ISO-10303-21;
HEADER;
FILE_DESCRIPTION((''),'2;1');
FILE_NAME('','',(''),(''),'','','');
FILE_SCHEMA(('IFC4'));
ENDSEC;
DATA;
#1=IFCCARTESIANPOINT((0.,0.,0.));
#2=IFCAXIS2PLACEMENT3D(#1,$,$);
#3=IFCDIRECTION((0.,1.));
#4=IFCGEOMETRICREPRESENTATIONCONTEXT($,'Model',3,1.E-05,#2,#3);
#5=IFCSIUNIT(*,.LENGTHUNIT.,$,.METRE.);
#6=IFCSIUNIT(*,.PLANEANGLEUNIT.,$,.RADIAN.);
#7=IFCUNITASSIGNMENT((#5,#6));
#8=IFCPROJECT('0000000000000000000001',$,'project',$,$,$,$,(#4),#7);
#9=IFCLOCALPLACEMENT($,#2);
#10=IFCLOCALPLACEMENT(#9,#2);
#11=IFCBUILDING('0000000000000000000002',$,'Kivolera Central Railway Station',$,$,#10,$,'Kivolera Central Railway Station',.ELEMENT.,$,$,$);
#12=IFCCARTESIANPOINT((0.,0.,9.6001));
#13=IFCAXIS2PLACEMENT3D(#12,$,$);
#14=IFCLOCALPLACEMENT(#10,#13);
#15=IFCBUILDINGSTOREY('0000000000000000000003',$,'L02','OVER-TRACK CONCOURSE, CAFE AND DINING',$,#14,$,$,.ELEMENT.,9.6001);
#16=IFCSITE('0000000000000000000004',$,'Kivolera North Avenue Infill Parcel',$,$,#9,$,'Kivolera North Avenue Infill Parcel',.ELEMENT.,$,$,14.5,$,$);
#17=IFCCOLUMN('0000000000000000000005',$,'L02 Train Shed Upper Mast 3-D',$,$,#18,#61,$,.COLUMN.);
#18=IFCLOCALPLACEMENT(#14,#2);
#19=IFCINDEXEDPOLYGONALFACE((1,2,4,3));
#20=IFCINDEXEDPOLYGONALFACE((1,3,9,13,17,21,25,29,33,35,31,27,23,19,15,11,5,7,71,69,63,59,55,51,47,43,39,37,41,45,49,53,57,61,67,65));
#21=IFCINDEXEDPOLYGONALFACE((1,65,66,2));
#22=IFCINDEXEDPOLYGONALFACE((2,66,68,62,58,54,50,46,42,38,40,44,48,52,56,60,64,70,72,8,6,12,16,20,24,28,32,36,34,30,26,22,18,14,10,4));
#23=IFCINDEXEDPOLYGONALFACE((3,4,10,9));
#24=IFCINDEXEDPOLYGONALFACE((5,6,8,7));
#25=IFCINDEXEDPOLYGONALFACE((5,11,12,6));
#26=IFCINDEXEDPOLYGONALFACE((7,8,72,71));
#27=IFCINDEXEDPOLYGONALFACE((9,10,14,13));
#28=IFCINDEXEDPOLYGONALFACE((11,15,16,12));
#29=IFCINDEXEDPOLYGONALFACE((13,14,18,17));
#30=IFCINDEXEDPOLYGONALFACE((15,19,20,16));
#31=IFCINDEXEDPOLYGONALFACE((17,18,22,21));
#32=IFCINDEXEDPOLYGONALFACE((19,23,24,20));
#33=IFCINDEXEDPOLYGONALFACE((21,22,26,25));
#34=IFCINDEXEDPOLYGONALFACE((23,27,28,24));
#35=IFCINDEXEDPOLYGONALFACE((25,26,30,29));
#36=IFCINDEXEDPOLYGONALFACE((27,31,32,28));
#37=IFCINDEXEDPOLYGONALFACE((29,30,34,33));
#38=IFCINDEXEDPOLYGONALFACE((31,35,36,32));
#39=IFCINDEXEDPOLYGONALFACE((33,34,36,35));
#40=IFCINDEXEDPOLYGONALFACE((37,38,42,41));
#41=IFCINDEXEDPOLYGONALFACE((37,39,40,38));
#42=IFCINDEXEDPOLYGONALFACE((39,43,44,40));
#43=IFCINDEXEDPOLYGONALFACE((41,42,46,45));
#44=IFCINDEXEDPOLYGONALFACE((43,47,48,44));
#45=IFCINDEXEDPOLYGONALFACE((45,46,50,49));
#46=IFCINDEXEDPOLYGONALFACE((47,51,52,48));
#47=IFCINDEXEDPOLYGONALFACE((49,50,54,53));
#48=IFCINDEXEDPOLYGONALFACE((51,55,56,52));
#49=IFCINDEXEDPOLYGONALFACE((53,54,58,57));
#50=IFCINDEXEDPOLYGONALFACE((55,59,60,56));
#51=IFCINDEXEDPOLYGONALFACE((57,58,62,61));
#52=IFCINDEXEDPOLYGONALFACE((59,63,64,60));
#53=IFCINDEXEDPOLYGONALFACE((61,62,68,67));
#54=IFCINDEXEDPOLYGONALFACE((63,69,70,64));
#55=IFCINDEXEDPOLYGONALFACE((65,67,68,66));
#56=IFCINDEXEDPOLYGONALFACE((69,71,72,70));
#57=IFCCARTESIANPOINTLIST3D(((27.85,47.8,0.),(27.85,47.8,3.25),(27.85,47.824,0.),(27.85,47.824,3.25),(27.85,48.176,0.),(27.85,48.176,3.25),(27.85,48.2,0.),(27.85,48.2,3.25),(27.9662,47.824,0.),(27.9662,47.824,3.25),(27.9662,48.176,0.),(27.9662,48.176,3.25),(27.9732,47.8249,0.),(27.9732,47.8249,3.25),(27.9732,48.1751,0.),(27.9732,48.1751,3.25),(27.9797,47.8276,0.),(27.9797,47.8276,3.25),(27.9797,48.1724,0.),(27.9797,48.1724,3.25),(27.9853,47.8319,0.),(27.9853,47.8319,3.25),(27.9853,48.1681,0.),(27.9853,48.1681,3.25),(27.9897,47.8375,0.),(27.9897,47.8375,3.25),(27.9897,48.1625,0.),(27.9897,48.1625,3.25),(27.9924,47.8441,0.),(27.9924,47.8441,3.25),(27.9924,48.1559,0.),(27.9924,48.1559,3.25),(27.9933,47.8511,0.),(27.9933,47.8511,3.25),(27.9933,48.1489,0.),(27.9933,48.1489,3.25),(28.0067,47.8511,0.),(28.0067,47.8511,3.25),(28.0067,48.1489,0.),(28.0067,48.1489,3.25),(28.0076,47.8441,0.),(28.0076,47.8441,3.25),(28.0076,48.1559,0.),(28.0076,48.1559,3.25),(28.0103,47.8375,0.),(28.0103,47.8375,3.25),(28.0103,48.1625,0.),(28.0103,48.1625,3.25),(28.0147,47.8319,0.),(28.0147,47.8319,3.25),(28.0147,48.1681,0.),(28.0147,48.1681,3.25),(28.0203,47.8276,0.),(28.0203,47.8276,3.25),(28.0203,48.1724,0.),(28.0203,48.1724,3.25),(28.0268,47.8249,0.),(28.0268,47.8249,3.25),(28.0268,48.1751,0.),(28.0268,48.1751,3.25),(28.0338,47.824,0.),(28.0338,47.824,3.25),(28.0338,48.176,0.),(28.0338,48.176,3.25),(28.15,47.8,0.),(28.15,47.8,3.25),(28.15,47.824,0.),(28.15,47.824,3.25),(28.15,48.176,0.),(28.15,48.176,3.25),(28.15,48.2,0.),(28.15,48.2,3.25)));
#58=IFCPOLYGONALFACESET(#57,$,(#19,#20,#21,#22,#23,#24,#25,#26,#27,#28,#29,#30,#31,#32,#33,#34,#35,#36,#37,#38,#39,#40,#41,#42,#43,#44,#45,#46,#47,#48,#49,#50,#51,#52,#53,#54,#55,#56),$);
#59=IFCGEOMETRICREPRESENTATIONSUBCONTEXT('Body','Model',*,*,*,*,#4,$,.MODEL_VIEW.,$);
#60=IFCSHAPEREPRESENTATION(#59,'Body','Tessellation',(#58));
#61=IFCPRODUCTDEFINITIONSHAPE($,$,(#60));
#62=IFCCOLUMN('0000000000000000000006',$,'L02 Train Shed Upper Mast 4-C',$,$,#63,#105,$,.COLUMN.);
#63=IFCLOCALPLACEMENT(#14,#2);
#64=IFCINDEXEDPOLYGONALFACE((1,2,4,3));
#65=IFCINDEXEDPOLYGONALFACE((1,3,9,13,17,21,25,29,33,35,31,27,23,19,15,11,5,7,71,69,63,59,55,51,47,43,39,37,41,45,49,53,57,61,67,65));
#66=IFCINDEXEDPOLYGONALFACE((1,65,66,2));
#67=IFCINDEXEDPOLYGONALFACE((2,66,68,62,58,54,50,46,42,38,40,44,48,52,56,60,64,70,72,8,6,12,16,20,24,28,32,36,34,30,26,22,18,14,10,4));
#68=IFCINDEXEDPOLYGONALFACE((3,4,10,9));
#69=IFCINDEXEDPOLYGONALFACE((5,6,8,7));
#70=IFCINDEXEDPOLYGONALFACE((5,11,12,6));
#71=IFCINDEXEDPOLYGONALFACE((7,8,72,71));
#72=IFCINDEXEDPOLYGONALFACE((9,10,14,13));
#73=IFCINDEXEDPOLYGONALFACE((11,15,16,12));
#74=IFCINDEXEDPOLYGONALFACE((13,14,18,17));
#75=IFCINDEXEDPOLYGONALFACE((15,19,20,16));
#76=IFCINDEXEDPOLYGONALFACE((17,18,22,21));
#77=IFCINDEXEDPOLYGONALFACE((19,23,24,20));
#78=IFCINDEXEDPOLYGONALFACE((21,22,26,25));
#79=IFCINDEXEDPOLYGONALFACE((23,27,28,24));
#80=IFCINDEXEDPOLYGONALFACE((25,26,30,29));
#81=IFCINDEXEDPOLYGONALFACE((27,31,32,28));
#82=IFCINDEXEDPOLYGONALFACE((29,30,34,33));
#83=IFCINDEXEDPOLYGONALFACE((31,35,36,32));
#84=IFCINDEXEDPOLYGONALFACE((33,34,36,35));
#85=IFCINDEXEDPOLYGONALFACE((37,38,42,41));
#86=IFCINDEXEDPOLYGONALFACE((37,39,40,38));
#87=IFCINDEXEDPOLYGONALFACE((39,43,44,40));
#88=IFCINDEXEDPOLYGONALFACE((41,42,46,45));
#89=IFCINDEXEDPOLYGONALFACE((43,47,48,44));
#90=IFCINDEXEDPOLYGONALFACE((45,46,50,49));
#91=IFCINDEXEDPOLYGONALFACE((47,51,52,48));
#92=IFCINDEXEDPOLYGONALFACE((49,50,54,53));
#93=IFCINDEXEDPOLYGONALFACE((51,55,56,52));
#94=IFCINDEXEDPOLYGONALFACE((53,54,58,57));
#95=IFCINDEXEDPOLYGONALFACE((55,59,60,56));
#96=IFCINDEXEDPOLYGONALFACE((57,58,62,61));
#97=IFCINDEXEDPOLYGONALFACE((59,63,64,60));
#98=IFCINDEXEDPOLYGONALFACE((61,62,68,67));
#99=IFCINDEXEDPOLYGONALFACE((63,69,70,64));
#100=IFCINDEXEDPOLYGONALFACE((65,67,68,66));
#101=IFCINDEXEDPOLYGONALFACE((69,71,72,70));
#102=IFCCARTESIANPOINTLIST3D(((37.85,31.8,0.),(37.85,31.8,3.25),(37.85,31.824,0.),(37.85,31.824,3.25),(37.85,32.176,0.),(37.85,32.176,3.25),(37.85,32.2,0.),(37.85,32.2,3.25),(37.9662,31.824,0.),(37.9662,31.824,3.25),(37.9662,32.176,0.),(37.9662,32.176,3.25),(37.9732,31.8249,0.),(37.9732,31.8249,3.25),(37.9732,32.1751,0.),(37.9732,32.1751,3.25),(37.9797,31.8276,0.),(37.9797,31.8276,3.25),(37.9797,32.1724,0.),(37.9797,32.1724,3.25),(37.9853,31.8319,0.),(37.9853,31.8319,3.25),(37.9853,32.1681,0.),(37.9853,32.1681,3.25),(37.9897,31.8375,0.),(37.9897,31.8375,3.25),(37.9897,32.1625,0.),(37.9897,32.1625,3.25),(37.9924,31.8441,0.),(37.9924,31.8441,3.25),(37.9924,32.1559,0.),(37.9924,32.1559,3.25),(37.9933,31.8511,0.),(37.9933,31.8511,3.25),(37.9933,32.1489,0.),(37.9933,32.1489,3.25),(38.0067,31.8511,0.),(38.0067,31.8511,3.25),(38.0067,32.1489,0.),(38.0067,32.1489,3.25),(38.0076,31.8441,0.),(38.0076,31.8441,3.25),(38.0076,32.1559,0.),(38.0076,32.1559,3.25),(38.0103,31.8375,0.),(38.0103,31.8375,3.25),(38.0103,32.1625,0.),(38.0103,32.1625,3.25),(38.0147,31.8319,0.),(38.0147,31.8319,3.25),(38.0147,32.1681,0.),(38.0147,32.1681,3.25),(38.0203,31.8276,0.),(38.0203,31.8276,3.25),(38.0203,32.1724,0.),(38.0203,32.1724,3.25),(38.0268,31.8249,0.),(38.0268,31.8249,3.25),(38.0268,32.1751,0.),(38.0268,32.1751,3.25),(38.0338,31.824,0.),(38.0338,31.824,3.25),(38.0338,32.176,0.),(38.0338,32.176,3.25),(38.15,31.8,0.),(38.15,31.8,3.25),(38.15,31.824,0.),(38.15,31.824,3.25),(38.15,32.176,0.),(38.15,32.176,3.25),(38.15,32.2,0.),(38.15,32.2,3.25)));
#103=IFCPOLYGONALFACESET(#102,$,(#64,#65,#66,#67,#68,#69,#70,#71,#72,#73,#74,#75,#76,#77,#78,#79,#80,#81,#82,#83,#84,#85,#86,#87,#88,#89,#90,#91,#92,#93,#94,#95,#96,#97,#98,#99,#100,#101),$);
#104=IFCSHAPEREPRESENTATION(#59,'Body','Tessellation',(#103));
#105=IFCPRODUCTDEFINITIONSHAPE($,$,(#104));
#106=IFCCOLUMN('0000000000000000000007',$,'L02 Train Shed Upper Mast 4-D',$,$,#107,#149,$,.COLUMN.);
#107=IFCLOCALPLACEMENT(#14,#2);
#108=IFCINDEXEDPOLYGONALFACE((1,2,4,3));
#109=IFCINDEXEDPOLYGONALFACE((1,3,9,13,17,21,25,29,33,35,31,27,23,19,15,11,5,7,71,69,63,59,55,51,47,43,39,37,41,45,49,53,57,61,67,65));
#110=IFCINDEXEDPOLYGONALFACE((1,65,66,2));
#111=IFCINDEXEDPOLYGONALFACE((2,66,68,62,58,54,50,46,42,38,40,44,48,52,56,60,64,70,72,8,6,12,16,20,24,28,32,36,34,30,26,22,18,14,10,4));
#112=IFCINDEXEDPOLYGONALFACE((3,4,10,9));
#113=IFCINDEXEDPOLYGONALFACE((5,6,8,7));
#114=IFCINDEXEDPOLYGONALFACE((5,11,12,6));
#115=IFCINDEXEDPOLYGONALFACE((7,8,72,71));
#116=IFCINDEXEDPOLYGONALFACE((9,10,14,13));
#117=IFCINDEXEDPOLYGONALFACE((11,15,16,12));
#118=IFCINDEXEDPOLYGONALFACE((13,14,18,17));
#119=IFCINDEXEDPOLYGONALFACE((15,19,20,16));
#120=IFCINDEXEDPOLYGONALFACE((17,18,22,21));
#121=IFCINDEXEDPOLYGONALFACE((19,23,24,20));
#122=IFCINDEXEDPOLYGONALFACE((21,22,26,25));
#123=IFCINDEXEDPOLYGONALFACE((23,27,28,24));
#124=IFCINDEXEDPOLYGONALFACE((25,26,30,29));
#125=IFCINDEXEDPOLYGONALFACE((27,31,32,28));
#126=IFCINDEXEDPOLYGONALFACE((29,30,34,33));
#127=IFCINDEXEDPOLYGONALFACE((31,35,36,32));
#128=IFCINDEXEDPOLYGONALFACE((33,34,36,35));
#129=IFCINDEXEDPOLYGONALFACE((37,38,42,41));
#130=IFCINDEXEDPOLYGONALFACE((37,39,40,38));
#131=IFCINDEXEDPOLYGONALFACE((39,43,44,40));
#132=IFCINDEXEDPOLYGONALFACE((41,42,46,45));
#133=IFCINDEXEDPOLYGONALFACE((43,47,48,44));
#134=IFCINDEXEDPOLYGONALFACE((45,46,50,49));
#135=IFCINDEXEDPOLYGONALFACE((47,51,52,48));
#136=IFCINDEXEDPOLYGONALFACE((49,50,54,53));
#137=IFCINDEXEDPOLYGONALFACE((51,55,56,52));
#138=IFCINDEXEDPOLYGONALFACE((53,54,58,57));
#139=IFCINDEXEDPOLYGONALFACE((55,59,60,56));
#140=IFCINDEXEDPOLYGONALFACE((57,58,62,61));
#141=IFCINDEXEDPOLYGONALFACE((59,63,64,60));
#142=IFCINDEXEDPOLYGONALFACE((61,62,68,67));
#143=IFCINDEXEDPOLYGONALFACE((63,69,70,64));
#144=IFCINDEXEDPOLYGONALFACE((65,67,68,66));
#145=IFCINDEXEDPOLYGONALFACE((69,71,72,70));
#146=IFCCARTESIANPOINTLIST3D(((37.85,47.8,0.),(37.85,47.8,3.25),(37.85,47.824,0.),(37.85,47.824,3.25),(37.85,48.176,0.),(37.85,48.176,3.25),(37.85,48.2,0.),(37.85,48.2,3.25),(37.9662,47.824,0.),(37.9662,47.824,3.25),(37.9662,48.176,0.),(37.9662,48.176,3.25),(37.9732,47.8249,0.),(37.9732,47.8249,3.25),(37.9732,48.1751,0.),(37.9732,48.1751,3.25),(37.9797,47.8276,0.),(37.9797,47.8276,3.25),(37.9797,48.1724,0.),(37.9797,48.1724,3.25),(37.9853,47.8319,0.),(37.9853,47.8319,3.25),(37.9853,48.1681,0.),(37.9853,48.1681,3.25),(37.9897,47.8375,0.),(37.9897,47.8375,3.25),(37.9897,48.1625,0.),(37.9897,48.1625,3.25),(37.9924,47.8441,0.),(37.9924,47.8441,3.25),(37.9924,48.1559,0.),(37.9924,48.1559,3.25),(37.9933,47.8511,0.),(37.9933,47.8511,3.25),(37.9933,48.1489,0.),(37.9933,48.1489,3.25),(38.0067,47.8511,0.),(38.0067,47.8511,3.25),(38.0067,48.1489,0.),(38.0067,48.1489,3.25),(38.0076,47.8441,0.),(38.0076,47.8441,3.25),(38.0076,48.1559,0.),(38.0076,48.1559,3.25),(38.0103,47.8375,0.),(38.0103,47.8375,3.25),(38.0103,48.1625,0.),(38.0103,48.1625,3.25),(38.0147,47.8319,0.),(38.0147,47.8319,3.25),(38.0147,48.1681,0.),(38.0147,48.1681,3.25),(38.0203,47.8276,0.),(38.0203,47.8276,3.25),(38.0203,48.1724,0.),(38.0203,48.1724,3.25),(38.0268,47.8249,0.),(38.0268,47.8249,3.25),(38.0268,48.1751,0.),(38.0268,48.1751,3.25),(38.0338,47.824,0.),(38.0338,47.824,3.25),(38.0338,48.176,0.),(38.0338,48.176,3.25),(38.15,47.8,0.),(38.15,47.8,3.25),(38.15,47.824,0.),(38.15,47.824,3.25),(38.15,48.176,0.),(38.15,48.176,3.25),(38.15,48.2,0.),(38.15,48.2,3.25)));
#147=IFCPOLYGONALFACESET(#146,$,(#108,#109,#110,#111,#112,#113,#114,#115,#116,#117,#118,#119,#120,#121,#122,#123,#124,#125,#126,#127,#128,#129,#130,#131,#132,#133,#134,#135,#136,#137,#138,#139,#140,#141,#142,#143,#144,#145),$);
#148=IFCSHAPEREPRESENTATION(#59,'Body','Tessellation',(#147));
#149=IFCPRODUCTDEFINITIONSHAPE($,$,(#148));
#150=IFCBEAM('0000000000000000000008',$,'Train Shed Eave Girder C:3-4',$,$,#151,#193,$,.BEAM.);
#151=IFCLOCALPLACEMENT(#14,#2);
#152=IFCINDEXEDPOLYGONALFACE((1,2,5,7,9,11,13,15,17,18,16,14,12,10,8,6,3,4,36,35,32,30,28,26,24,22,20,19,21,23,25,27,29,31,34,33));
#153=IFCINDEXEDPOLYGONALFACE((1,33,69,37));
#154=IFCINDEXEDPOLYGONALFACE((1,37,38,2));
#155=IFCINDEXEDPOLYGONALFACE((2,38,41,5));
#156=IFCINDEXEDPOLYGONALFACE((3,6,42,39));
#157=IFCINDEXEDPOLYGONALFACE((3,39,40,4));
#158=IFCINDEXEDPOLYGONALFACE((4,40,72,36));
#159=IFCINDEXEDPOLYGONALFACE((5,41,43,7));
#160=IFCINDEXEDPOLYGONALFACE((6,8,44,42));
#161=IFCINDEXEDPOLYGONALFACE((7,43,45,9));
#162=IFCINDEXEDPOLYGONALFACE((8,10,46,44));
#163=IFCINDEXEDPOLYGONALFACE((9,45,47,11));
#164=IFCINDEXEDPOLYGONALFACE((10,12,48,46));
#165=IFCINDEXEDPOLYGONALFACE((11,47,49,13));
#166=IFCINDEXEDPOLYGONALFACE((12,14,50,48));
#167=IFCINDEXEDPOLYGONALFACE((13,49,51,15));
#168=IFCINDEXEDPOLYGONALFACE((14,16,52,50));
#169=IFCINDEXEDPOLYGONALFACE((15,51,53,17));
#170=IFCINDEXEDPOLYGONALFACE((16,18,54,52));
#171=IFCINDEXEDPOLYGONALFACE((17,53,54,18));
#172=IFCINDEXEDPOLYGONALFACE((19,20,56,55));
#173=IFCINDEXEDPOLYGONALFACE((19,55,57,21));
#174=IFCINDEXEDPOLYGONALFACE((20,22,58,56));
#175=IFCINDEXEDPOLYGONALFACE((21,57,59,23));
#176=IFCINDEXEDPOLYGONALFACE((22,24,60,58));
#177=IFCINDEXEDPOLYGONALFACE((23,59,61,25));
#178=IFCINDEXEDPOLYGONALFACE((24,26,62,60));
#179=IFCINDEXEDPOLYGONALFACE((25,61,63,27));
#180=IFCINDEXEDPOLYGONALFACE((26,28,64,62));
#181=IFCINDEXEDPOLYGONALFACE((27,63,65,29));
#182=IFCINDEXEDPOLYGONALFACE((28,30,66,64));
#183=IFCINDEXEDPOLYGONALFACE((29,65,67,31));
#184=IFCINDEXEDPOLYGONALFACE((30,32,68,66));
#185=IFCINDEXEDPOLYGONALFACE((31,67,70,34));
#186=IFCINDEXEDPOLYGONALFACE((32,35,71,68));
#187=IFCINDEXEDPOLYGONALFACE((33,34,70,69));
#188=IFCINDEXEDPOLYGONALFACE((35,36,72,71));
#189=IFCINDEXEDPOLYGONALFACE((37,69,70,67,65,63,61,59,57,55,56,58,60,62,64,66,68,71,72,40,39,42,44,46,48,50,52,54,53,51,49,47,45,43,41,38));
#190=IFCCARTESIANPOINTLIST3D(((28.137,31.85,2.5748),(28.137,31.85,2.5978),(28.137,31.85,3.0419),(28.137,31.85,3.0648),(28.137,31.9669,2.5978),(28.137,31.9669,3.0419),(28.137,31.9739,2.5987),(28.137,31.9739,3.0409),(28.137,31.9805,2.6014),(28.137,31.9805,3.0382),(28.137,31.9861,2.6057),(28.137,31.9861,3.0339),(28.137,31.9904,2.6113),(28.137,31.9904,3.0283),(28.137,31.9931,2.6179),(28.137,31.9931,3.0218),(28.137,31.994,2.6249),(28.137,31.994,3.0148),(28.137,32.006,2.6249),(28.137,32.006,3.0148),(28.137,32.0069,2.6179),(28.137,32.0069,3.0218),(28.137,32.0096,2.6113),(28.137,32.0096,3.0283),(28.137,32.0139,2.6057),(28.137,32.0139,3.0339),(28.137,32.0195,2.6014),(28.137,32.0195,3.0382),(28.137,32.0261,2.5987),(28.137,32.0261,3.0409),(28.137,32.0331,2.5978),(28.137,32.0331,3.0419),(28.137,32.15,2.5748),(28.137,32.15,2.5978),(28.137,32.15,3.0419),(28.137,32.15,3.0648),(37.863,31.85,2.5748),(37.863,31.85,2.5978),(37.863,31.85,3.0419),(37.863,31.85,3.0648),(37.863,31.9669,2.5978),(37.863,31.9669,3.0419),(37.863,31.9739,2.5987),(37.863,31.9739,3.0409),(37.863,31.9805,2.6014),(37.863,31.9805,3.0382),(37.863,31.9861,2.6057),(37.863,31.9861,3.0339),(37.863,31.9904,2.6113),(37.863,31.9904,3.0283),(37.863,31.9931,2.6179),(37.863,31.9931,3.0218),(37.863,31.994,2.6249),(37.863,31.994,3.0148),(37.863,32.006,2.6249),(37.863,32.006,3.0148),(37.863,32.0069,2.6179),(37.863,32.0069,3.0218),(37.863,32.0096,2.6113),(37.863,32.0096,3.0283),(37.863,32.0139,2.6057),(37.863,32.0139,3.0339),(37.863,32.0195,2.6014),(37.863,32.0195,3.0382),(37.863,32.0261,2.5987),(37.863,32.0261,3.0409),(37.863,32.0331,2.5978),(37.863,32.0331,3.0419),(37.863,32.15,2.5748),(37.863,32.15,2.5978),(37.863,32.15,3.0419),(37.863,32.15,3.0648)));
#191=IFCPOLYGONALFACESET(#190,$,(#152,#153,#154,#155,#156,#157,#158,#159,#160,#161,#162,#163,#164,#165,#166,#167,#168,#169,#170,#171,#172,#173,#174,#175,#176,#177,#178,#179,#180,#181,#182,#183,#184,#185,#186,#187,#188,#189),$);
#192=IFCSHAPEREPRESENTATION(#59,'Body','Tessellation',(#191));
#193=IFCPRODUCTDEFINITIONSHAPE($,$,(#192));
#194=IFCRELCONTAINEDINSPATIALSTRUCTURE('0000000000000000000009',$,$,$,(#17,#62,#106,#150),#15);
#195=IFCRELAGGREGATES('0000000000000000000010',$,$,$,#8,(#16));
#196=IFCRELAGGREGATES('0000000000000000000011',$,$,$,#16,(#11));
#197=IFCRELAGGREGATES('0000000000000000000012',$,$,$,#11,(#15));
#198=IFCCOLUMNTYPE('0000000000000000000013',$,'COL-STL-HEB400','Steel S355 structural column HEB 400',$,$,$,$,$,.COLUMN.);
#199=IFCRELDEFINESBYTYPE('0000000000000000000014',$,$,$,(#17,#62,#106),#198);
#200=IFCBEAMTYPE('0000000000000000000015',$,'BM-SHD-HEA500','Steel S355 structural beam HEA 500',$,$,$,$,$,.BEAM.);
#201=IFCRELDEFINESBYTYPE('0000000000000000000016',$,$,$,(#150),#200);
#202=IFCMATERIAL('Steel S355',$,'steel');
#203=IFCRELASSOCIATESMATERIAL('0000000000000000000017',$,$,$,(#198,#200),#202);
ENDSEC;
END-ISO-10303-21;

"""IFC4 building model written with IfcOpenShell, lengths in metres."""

from ifc_helpers import new_model, si_unit, direction, frame, origin, origin_2d, place, context, subcontext, project, spatial, i_section, extrude, material, material_profile, profile_set, type_object, element, save


model = new_model("IFC4")

# Units and contexts
model_context = context("Model", 3, precision=1e-05, world=origin(), true_north=direction((0.0, 1.0)))
body_context = subcontext(model_context, "Body", "Model", "MODEL_VIEW")
ifc_project = project(units=[si_unit("LENGTHUNIT", "METRE"), si_unit("PLANEANGLEUNIT", "RADIAN")], contexts=[model_context])

# Site, building, storey
site_placement = place(None, origin())
site = spatial("IfcSite", under=ifc_project, at=site_placement, Name="Kivolera North Avenue Infill Parcel", LongName="Kivolera North Avenue Infill Parcel", CompositionType="ELEMENT", RefElevation=14.5)
building_placement = place(site_placement, origin())
building = spatial("IfcBuilding", under=site, at=building_placement, Name="Kivolera Central Railway Station", LongName="Kivolera Central Railway Station", CompositionType="ELEMENT")
storey_placement = place(building_placement, frame((0.0, 0.0, 9.6001)))
storey = spatial("IfcBuildingStorey", under=building, at=storey_placement, Name="L02", Description="OVER-TRACK CONCOURSE, CAFE AND DINING", CompositionType="ELEMENT", Elevation=9.6001)

# Columns
ifc_material_1 = material(Name="Steel S355", Category="steel")
ifc_material_profile_1 = material_profile(ifc_material_1, i_section(OverallWidth=0.3, OverallDepth=0.3999, WebThickness=0.0134, FlangeThickness=0.0239, FilletRadius=0.0271, at=origin_2d()), Name="HEB 400")
ifc_profile_set_1 = profile_set([ifc_material_profile_1], Name="Steel S355")
column_type = type_object("IfcColumnType", Name="COL-STL-HEB400", Description="Steel S355 structural column HEB 400", PredefinedType="COLUMN", material=ifc_profile_set_1)
for number, where, z_axis, x_axis, name in (
    (1, (28.0, 48.0, 0.0), (0.0, 0.0, 1.0), (1.0, 0.0, 0.0), "L02 Train Shed Upper Mast 3-D"),
    (2, (38.0, 32.0, 0.0), (0.0, 0.0, 1.0), (1.0, 0.0, 0.0), "L02 Train Shed Upper Mast 4-C"),
    (3, (38.0, 48.0, 0.0), (0.0, 0.0, 1.0), (1.0, 0.0, 0.0), "L02 Train Shed Upper Mast 4-D"),
):
    element("IfcColumn", number, at=place(storey_placement, frame(where, z_axis=z_axis, x_axis=x_axis)), inside=storey, type_object=column_type, Name=name, PredefinedType="COLUMN", context=body_context, shape_type="SweptSolid", body=[
        extrude(i_section(OverallWidth=0.3, OverallDepth=0.3999, WebThickness=0.0134, FlangeThickness=0.0239, FilletRadius=0.0271, at=origin_2d()), origin(), (0.0, 0.0, 1.0), 3.25),
    ])

# Beam
ifc_material_profile_2 = material_profile(ifc_material_1, i_section(OverallWidth=0.3, OverallDepth=0.49, WebThickness=0.012, FlangeThickness=0.0229, FilletRadius=0.0271, at=origin_2d()), Name="HEA 500")
ifc_profile_set_2 = profile_set([ifc_material_profile_2], Name="Steel S355")
beam_type_1 = type_object("IfcBeamType", Name="BM-SHD-HEA500", Description="Steel S355 structural beam HEA 500", PredefinedType="BEAM", material=ifc_profile_set_2)
for number, where, z_axis, x_axis, name in (
    (4, (28.137, 32.0, 2.8198), (1.0, 0.0, 0.0), (0.0, 1.0, 0.0), "Train Shed Eave Girder C:3-4"),
):
    element("IfcBeam", number, at=place(storey_placement, frame(where, z_axis=z_axis, x_axis=x_axis)), inside=storey, type_object=beam_type_1, Name=name, PredefinedType="BEAM", context=body_context, shape_type="SweptSolid", body=[
        extrude(i_section(OverallWidth=0.3, OverallDepth=0.49, WebThickness=0.012, FlangeThickness=0.0229, FilletRadius=0.0271, at=origin_2d()), origin(), (0.0, 0.0, 1.0), 9.7261),
    ])

save(model, "model.ifc")
